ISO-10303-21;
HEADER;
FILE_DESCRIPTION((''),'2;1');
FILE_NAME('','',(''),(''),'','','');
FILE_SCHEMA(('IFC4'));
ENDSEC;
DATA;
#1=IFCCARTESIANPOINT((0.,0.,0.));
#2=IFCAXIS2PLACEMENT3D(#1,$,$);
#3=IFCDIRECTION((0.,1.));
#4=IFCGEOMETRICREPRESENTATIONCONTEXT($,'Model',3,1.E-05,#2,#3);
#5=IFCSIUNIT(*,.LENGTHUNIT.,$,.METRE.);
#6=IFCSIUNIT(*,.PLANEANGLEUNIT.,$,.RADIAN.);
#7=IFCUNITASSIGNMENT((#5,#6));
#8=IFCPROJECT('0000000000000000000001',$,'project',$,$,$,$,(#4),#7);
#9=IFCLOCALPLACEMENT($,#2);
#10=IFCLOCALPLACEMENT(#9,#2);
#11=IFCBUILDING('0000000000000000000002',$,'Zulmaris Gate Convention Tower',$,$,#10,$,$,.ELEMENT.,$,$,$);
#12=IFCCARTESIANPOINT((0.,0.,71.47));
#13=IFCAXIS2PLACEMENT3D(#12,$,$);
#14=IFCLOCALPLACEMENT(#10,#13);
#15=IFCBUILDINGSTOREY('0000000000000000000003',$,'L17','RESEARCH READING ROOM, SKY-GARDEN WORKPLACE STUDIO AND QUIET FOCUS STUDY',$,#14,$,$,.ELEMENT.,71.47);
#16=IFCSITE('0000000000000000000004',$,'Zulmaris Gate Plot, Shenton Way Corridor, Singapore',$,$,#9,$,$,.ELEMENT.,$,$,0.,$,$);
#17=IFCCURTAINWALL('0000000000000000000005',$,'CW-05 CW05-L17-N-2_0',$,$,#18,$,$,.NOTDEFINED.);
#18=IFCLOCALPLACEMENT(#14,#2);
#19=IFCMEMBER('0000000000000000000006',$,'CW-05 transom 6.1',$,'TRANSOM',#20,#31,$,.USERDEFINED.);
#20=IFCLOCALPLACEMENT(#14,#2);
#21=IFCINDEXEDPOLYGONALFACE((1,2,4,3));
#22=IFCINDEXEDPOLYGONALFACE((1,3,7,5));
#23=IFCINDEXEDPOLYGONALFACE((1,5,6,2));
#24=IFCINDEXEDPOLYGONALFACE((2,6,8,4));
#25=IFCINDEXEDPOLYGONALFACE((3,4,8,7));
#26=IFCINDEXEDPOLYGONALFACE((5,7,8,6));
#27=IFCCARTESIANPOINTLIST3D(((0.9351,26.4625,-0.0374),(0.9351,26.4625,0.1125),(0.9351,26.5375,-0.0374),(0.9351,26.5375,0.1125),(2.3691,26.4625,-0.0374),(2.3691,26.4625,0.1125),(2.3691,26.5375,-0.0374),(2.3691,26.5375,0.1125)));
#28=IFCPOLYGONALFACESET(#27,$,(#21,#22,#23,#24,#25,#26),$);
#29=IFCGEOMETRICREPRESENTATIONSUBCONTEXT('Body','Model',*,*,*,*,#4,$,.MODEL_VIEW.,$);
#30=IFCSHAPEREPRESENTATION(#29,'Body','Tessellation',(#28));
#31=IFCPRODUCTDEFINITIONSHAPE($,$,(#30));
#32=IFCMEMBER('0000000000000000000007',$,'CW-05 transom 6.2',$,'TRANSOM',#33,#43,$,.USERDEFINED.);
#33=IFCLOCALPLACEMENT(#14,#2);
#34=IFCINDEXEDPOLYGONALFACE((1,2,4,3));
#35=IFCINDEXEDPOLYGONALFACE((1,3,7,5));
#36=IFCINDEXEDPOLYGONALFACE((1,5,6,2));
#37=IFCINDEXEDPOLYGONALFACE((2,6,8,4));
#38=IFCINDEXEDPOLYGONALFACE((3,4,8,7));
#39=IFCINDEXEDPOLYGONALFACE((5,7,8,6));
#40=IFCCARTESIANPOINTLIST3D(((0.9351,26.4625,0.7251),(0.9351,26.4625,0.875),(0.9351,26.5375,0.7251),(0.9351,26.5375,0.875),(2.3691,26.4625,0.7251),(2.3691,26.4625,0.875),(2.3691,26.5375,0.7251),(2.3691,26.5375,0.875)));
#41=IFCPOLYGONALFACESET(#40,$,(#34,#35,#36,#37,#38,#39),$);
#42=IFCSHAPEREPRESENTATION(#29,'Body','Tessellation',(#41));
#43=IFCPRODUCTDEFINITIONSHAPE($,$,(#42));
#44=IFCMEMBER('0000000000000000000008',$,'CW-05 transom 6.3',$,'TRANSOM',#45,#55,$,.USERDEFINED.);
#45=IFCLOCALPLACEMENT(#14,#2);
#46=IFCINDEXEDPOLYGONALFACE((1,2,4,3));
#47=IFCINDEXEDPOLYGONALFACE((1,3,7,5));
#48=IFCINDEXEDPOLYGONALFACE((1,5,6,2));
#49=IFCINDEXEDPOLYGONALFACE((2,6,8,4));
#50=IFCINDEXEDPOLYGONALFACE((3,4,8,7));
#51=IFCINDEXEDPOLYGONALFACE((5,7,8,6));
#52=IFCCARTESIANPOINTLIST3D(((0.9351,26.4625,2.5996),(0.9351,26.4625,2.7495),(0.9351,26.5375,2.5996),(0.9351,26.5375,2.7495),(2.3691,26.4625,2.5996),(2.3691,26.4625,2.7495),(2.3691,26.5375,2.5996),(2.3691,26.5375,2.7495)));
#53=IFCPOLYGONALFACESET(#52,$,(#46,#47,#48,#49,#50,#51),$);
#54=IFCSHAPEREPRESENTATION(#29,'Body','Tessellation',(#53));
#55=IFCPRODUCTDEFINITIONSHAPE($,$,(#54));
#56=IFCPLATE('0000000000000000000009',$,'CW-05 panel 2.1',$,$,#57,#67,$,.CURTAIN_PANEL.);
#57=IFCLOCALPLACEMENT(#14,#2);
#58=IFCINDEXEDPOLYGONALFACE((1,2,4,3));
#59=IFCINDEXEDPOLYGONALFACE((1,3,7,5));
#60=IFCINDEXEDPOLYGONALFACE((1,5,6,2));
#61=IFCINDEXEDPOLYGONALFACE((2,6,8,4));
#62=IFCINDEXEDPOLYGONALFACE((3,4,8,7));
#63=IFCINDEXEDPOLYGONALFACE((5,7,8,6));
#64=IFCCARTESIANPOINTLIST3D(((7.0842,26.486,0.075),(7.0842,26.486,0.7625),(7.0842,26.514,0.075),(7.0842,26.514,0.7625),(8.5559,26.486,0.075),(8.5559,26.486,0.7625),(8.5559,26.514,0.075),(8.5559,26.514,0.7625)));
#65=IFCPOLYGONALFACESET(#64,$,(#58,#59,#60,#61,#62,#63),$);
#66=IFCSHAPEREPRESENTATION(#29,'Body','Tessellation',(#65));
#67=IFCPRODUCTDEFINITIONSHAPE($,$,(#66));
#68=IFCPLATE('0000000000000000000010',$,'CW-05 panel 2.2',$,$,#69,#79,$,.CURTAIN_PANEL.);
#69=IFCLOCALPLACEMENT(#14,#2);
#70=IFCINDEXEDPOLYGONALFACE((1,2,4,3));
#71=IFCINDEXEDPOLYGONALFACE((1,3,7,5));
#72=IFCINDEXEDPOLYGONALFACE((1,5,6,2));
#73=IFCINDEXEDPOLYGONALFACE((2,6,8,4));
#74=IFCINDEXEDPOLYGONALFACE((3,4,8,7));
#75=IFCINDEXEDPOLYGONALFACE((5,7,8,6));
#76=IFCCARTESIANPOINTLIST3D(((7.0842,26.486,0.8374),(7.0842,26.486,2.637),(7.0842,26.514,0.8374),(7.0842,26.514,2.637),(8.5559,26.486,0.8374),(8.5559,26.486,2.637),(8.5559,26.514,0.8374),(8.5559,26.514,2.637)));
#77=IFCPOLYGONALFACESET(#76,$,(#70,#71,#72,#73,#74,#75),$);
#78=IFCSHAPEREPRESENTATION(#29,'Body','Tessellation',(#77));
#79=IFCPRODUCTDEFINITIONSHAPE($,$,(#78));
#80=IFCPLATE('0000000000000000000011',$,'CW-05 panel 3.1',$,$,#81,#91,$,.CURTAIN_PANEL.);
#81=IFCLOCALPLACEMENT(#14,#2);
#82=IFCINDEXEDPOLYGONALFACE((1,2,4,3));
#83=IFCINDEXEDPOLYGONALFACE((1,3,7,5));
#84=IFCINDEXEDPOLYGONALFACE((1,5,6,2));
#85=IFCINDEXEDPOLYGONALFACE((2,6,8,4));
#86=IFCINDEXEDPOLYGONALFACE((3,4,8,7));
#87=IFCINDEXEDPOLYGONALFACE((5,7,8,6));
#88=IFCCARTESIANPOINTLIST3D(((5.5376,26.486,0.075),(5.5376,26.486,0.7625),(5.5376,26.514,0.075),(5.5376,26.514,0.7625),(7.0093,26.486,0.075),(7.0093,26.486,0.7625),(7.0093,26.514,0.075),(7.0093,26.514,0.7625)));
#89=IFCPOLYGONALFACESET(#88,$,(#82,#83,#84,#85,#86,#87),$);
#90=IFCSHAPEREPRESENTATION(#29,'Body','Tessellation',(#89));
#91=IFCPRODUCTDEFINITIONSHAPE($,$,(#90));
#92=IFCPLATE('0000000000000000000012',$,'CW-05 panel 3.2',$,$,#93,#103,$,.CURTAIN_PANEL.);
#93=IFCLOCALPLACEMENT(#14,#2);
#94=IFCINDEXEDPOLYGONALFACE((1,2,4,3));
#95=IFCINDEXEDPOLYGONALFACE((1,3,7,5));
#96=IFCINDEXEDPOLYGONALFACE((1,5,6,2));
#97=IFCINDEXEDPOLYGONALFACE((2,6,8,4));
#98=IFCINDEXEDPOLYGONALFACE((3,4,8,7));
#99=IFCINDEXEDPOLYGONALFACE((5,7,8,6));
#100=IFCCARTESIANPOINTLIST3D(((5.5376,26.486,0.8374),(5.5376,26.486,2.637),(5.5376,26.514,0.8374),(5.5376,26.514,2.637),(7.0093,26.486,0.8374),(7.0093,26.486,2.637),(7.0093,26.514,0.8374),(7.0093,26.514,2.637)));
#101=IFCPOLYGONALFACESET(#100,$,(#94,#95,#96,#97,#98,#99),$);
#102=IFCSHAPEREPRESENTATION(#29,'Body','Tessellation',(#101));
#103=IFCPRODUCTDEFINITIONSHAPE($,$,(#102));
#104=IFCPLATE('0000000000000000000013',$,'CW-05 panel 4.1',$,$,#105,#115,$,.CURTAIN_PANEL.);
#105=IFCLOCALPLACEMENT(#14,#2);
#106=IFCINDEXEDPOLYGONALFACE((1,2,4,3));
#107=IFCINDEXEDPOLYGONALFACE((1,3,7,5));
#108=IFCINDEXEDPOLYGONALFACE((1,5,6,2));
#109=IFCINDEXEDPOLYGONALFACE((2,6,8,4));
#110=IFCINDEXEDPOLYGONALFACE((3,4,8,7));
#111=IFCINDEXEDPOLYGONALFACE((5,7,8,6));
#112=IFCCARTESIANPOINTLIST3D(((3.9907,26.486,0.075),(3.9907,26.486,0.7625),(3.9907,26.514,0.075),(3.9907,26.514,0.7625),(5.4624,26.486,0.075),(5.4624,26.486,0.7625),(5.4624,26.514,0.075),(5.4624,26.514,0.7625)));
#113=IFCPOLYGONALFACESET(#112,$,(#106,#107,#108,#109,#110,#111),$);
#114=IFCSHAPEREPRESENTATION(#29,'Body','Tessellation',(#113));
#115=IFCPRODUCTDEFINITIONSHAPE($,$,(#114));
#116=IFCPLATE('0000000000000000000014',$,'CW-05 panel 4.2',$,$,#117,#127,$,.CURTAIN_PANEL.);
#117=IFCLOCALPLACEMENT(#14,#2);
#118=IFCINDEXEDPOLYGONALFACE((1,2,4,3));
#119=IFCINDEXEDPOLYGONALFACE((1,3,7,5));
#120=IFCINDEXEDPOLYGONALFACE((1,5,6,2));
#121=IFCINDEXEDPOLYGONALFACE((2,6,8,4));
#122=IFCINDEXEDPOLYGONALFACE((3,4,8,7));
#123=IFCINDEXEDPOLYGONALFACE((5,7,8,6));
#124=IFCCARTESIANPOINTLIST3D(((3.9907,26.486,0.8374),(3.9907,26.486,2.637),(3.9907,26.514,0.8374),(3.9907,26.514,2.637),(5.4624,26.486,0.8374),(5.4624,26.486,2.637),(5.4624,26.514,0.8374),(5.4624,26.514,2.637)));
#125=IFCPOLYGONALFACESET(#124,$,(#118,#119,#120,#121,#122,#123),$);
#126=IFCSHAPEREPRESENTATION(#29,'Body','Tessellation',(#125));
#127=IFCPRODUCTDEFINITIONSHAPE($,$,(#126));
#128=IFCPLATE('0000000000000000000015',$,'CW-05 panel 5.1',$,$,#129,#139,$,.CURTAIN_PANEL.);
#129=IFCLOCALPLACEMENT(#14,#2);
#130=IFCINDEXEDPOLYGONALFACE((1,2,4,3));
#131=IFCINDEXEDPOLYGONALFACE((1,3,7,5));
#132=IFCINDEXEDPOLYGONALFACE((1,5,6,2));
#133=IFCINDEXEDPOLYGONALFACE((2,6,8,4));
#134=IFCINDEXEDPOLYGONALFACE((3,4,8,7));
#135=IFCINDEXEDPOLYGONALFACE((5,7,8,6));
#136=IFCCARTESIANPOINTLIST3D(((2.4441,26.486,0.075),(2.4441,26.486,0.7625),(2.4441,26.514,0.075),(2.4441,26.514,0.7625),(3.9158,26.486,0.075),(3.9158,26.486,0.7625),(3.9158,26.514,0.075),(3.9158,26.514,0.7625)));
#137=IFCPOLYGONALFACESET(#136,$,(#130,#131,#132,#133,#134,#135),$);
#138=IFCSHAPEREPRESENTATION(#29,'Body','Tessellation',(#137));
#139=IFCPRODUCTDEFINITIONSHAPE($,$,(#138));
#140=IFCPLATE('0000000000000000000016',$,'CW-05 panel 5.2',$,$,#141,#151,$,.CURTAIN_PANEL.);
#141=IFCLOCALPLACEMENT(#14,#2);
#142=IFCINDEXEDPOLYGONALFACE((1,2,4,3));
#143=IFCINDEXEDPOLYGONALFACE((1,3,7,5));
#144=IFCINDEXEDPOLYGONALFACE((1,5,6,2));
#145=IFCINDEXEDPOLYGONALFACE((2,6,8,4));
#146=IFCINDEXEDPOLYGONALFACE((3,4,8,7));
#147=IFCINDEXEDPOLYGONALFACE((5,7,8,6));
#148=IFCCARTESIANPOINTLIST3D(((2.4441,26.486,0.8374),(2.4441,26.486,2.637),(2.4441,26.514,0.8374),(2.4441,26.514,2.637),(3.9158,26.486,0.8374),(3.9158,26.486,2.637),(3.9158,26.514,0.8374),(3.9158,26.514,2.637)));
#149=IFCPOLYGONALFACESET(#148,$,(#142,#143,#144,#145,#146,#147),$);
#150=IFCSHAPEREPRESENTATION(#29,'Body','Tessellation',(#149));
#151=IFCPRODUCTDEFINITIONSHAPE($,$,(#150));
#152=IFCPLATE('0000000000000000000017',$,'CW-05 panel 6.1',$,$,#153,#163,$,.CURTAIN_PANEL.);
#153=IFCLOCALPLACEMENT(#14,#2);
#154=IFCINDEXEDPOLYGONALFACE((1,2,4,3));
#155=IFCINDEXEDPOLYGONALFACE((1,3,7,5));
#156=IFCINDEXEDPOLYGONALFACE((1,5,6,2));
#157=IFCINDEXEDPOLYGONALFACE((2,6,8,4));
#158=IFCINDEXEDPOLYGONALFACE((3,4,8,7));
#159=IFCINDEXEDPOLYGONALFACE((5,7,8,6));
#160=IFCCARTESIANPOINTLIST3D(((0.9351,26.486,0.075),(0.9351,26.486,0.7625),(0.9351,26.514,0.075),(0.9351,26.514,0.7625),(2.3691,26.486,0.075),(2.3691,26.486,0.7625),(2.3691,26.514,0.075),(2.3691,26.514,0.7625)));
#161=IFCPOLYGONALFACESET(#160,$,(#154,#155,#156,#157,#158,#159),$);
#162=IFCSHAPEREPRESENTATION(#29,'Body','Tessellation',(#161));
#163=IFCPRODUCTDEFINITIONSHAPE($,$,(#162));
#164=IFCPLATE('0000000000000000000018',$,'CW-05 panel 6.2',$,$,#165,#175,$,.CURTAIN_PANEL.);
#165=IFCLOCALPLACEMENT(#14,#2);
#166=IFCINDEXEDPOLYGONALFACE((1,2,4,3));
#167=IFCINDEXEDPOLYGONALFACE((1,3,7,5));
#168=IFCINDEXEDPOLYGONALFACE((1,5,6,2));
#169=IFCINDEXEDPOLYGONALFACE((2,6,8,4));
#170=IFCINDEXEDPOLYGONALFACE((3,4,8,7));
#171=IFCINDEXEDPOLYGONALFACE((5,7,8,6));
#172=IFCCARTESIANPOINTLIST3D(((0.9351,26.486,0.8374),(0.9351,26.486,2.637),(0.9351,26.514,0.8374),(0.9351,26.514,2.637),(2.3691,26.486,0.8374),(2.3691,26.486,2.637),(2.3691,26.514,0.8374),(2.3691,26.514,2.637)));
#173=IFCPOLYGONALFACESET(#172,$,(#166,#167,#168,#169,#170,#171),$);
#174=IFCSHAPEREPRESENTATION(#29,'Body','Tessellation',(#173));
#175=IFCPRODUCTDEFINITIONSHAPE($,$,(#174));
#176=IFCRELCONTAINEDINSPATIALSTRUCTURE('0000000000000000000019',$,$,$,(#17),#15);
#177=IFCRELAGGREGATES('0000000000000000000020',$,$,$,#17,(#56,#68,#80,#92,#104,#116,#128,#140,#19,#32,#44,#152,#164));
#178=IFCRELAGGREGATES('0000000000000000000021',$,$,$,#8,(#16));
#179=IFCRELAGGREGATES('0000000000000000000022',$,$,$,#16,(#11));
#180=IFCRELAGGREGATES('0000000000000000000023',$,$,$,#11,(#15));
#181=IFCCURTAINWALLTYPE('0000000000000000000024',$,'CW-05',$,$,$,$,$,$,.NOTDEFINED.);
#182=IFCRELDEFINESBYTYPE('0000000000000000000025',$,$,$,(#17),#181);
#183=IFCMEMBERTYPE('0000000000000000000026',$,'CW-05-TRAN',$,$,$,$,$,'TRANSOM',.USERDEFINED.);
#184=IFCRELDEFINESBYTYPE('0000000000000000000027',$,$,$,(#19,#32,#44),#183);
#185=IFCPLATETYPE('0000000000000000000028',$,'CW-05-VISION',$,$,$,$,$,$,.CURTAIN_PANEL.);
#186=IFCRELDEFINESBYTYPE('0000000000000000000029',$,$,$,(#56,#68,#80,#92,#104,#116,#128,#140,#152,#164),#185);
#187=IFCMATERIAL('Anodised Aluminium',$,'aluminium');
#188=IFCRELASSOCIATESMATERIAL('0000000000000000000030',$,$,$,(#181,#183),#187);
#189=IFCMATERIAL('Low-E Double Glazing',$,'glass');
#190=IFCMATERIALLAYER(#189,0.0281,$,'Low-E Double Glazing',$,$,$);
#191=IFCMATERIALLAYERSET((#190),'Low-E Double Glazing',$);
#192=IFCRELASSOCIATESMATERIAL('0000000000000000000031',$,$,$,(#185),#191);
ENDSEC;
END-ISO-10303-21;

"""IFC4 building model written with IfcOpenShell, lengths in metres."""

from ifc_helpers import new_model, si_unit, direction, frame, origin, origin_2d, place, context, subcontext, project, spatial, rectangle, extrude, material, layer, layer_set, material_profile, profile_set, type_object, element, aggregate, save


model = new_model("IFC4")

# Units and contexts
model_context = context("Model", 3, precision=1e-05, world=origin(), true_north=direction((0.0, 1.0)))
body_context = subcontext(model_context, "Body", "Model", "MODEL_VIEW")
ifc_project = project(units=[si_unit("LENGTHUNIT", "METRE"), si_unit("PLANEANGLEUNIT", "RADIAN")], contexts=[model_context])

# Site, building, storey
site_placement = place(None, origin())
site = spatial("IfcSite", under=ifc_project, at=site_placement, Name="Zulmaris Gate Plot, Shenton Way Corridor, Singapore", CompositionType="ELEMENT", RefElevation=0.0)
building_placement = place(site_placement, origin())
building = spatial("IfcBuilding", under=site, at=building_placement, Name="Zulmaris Gate Convention Tower", CompositionType="ELEMENT")
storey_placement = place(building_placement, frame((0.0, 0.0, 71.47)))
storey = spatial("IfcBuildingStorey", under=building, at=storey_placement, Name="L17", Description="RESEARCH READING ROOM, SKY-GARDEN WORKPLACE STUDIO AND QUIET FOCUS STUDY", CompositionType="ELEMENT", Elevation=71.47)

# Curtain wall, members, plates
ifc_material_1 = material(Name="Anodised Aluminium", Category="aluminium")
curtain_wall_type = type_object("IfcCurtainWallType", Name="CW-05", PredefinedType="NOTDEFINED", material=ifc_material_1)
curtain_wall_placement = place(storey_placement, origin())
curtain_wall = element("IfcCurtainWall", 1, at=curtain_wall_placement, inside=storey, type_object=curtain_wall_type, Name="CW-05 CW05-L17-N-2_0", PredefinedType="NOTDEFINED")
ifc_material_profile_1 = material_profile(ifc_material_1, rectangle(XDim=0.075, YDim=0.1499, at=origin_2d()), Name="ALU TRANSOM 75x150")
ifc_profile_set_1 = profile_set([ifc_material_profile_1], Name="Anodised Aluminium")
member_type_1 = type_object("IfcMemberType", Name="CW-05-TRAN", ElementType="TRANSOM", PredefinedType="USERDEFINED", material=ifc_profile_set_1)
member_1_placement = place(storey_placement, frame((2.3691, 26.5, 0.0376), z_axis=(-1.0, 0.0, 0.0), x_axis=(0.0, -1.0, 0.0)))
member_1 = element("IfcMember", 2, at=member_1_placement, type_object=member_type_1, Name="CW-05 transom 6.1", ObjectType="TRANSOM", PredefinedType="USERDEFINED", context=body_context, shape_type="SweptSolid", body=[
    extrude(rectangle(XDim=0.075, YDim=0.1499, at=origin_2d()), origin(), (0.0, 0.0, 1.0), 1.4341),
])
member_2_placement = place(storey_placement, frame((2.3691, 26.5, 0.8), z_axis=(-1.0, 0.0, 0.0), x_axis=(0.0, -1.0, 0.0)))
member_2 = element("IfcMember", 3, at=member_2_placement, type_object=member_type_1, Name="CW-05 transom 6.2", ObjectType="TRANSOM", PredefinedType="USERDEFINED", context=body_context, shape_type="SweptSolid", body=[
    extrude(rectangle(XDim=0.075, YDim=0.1499, at=origin_2d()), origin(), (0.0, 0.0, 1.0), 1.4341),
])
member_3_placement = place(storey_placement, frame((2.3691, 26.5, 2.6746), z_axis=(-1.0, 0.0, 0.0), x_axis=(0.0, -1.0, 0.0)))
member_3 = element("IfcMember", 4, at=member_3_placement, type_object=member_type_1, Name="CW-05 transom 6.3", ObjectType="TRANSOM", PredefinedType="USERDEFINED", context=body_context, shape_type="SweptSolid", body=[
    extrude(rectangle(XDim=0.075, YDim=0.1499, at=origin_2d()), origin(), (0.0, 0.0, 1.0), 1.4341),
])
ifc_material_2 = material(Name="Low-E Double Glazing", Category="glass")
ifc_layer = layer(ifc_material_2, 0.0281, Name="Low-E Double Glazing")
ifc_layer_set = layer_set([ifc_layer], Name="Low-E Double Glazing")
plate_type = type_object("IfcPlateType", Name="CW-05-VISION", PredefinedType="CURTAIN_PANEL", material=ifc_layer_set)
plate_1_placement = place(storey_placement, frame((7.8201, 26.5, 0.075), z_axis=(0.0, 0.0, 1.0), x_axis=(-1.0, 0.0, 0.0)))
plate_1 = element("IfcPlate", 5, at=plate_1_placement, type_object=plate_type, Name="CW-05 panel 2.1", PredefinedType="CURTAIN_PANEL", context=body_context, shape_type="SweptSolid", body=[
    extrude(rectangle(XDim=1.4717, YDim=0.0281, at=origin_2d()), origin(), (0.0, 0.0, 1.0), 0.6875),
])
plate_2_placement = place(storey_placement, frame((7.8201, 26.5, 0.8374), z_axis=(0.0, 0.0, 1.0), x_axis=(-1.0, 0.0, 0.0)))
plate_2 = element("IfcPlate", 6, at=plate_2_placement, type_object=plate_type, Name="CW-05 panel 2.2", PredefinedType="CURTAIN_PANEL", context=body_context, shape_type="SweptSolid", body=[
    extrude(rectangle(XDim=1.4717, YDim=0.0281, at=origin_2d()), origin(), (0.0, 0.0, 1.0), 1.7996),
])
plate_3_placement = place(storey_placement, frame((6.2734, 26.5, 0.075), z_axis=(0.0, 0.0, 1.0), x_axis=(-1.0, 0.0, 0.0)))
plate_3 = element("IfcPlate", 7, at=plate_3_placement, type_object=plate_type, Name="CW-05 panel 3.1", PredefinedType="CURTAIN_PANEL", context=body_context, shape_type="SweptSolid", body=[
    extrude(rectangle(XDim=1.4717, YDim=0.0281, at=origin_2d()), origin(), (0.0, 0.0, 1.0), 0.6875),
])
plate_4_placement = place(storey_placement, frame((6.2734, 26.5, 0.8374), z_axis=(0.0, 0.0, 1.0), x_axis=(-1.0, 0.0, 0.0)))
plate_4 = element("IfcPlate", 8, at=plate_4_placement, type_object=plate_type, Name="CW-05 panel 3.2", PredefinedType="CURTAIN_PANEL", context=body_context, shape_type="SweptSolid", body=[
    extrude(rectangle(XDim=1.4717, YDim=0.0281, at=origin_2d()), origin(), (0.0, 0.0, 1.0), 1.7996),
])
plate_5_placement = place(storey_placement, frame((4.7266, 26.5, 0.075), z_axis=(0.0, 0.0, 1.0), x_axis=(-1.0, 0.0, 0.0)))
plate_5 = element("IfcPlate", 9, at=plate_5_placement, type_object=plate_type, Name="CW-05 panel 4.1", PredefinedType="CURTAIN_PANEL", context=body_context, shape_type="SweptSolid", body=[
    extrude(rectangle(XDim=1.4717, YDim=0.0281, at=origin_2d()), origin(), (0.0, 0.0, 1.0), 0.6875),
])
plate_6_placement = place(storey_placement, frame((4.7266, 26.5, 0.8374), z_axis=(0.0, 0.0, 1.0), x_axis=(-1.0, 0.0, 0.0)))
plate_6 = element("IfcPlate", 10, at=plate_6_placement, type_object=plate_type, Name="CW-05 panel 4.2", PredefinedType="CURTAIN_PANEL", context=body_context, shape_type="SweptSolid", body=[
    extrude(rectangle(XDim=1.4717, YDim=0.0281, at=origin_2d()), origin(), (0.0, 0.0, 1.0), 1.7996),
])
plate_7_placement = place(storey_placement, frame((3.1799, 26.5, 0.075), z_axis=(0.0, 0.0, 1.0), x_axis=(-1.0, 0.0, 0.0)))
plate_7 = element("IfcPlate", 11, at=plate_7_placement, type_object=plate_type, Name="CW-05 panel 5.1", PredefinedType="CURTAIN_PANEL", context=body_context, shape_type="SweptSolid", body=[
    extrude(rectangle(XDim=1.4717, YDim=0.0281, at=origin_2d()), origin(), (0.0, 0.0, 1.0), 0.6875),
])
plate_8_placement = place(storey_placement, frame((3.1799, 26.5, 0.8374), z_axis=(0.0, 0.0, 1.0), x_axis=(-1.0, 0.0, 0.0)))
plate_8 = element("IfcPlate", 12, at=plate_8_placement, type_object=plate_type, Name="CW-05 panel 5.2", PredefinedType="CURTAIN_PANEL", context=body_context, shape_type="SweptSolid", body=[
    extrude(rectangle(XDim=1.4717, YDim=0.0281, at=origin_2d()), origin(), (0.0, 0.0, 1.0), 1.7996),
])
plate_9_placement = place(storey_placement, frame((1.6521, 26.5, 0.075), z_axis=(0.0, 0.0, 1.0), x_axis=(-1.0, 0.0, 0.0)))
plate_9 = element("IfcPlate", 13, at=plate_9_placement, type_object=plate_type, Name="CW-05 panel 6.1", PredefinedType="CURTAIN_PANEL", context=body_context, shape_type="SweptSolid", body=[
    extrude(rectangle(XDim=1.4341, YDim=0.0281, at=origin_2d()), origin(), (0.0, 0.0, 1.0), 0.6875),
])
plate_10_placement = place(storey_placement, frame((1.6521, 26.5, 0.8374), z_axis=(0.0, 0.0, 1.0), x_axis=(-1.0, 0.0, 0.0)))
plate_10 = element("IfcPlate", 14, at=plate_10_placement, type_object=plate_type, Name="CW-05 panel 6.2", PredefinedType="CURTAIN_PANEL", context=body_context, shape_type="SweptSolid", body=[
    extrude(rectangle(XDim=1.4341, YDim=0.0281, at=origin_2d()), origin(), (0.0, 0.0, 1.0), 1.7996),
])
aggregate(curtain_wall, [plate_1, plate_2, plate_3, plate_4, plate_5, plate_6, plate_7, plate_8, member_1, member_2, member_3, plate_9, plate_10])

save(model, "model.ifc")
